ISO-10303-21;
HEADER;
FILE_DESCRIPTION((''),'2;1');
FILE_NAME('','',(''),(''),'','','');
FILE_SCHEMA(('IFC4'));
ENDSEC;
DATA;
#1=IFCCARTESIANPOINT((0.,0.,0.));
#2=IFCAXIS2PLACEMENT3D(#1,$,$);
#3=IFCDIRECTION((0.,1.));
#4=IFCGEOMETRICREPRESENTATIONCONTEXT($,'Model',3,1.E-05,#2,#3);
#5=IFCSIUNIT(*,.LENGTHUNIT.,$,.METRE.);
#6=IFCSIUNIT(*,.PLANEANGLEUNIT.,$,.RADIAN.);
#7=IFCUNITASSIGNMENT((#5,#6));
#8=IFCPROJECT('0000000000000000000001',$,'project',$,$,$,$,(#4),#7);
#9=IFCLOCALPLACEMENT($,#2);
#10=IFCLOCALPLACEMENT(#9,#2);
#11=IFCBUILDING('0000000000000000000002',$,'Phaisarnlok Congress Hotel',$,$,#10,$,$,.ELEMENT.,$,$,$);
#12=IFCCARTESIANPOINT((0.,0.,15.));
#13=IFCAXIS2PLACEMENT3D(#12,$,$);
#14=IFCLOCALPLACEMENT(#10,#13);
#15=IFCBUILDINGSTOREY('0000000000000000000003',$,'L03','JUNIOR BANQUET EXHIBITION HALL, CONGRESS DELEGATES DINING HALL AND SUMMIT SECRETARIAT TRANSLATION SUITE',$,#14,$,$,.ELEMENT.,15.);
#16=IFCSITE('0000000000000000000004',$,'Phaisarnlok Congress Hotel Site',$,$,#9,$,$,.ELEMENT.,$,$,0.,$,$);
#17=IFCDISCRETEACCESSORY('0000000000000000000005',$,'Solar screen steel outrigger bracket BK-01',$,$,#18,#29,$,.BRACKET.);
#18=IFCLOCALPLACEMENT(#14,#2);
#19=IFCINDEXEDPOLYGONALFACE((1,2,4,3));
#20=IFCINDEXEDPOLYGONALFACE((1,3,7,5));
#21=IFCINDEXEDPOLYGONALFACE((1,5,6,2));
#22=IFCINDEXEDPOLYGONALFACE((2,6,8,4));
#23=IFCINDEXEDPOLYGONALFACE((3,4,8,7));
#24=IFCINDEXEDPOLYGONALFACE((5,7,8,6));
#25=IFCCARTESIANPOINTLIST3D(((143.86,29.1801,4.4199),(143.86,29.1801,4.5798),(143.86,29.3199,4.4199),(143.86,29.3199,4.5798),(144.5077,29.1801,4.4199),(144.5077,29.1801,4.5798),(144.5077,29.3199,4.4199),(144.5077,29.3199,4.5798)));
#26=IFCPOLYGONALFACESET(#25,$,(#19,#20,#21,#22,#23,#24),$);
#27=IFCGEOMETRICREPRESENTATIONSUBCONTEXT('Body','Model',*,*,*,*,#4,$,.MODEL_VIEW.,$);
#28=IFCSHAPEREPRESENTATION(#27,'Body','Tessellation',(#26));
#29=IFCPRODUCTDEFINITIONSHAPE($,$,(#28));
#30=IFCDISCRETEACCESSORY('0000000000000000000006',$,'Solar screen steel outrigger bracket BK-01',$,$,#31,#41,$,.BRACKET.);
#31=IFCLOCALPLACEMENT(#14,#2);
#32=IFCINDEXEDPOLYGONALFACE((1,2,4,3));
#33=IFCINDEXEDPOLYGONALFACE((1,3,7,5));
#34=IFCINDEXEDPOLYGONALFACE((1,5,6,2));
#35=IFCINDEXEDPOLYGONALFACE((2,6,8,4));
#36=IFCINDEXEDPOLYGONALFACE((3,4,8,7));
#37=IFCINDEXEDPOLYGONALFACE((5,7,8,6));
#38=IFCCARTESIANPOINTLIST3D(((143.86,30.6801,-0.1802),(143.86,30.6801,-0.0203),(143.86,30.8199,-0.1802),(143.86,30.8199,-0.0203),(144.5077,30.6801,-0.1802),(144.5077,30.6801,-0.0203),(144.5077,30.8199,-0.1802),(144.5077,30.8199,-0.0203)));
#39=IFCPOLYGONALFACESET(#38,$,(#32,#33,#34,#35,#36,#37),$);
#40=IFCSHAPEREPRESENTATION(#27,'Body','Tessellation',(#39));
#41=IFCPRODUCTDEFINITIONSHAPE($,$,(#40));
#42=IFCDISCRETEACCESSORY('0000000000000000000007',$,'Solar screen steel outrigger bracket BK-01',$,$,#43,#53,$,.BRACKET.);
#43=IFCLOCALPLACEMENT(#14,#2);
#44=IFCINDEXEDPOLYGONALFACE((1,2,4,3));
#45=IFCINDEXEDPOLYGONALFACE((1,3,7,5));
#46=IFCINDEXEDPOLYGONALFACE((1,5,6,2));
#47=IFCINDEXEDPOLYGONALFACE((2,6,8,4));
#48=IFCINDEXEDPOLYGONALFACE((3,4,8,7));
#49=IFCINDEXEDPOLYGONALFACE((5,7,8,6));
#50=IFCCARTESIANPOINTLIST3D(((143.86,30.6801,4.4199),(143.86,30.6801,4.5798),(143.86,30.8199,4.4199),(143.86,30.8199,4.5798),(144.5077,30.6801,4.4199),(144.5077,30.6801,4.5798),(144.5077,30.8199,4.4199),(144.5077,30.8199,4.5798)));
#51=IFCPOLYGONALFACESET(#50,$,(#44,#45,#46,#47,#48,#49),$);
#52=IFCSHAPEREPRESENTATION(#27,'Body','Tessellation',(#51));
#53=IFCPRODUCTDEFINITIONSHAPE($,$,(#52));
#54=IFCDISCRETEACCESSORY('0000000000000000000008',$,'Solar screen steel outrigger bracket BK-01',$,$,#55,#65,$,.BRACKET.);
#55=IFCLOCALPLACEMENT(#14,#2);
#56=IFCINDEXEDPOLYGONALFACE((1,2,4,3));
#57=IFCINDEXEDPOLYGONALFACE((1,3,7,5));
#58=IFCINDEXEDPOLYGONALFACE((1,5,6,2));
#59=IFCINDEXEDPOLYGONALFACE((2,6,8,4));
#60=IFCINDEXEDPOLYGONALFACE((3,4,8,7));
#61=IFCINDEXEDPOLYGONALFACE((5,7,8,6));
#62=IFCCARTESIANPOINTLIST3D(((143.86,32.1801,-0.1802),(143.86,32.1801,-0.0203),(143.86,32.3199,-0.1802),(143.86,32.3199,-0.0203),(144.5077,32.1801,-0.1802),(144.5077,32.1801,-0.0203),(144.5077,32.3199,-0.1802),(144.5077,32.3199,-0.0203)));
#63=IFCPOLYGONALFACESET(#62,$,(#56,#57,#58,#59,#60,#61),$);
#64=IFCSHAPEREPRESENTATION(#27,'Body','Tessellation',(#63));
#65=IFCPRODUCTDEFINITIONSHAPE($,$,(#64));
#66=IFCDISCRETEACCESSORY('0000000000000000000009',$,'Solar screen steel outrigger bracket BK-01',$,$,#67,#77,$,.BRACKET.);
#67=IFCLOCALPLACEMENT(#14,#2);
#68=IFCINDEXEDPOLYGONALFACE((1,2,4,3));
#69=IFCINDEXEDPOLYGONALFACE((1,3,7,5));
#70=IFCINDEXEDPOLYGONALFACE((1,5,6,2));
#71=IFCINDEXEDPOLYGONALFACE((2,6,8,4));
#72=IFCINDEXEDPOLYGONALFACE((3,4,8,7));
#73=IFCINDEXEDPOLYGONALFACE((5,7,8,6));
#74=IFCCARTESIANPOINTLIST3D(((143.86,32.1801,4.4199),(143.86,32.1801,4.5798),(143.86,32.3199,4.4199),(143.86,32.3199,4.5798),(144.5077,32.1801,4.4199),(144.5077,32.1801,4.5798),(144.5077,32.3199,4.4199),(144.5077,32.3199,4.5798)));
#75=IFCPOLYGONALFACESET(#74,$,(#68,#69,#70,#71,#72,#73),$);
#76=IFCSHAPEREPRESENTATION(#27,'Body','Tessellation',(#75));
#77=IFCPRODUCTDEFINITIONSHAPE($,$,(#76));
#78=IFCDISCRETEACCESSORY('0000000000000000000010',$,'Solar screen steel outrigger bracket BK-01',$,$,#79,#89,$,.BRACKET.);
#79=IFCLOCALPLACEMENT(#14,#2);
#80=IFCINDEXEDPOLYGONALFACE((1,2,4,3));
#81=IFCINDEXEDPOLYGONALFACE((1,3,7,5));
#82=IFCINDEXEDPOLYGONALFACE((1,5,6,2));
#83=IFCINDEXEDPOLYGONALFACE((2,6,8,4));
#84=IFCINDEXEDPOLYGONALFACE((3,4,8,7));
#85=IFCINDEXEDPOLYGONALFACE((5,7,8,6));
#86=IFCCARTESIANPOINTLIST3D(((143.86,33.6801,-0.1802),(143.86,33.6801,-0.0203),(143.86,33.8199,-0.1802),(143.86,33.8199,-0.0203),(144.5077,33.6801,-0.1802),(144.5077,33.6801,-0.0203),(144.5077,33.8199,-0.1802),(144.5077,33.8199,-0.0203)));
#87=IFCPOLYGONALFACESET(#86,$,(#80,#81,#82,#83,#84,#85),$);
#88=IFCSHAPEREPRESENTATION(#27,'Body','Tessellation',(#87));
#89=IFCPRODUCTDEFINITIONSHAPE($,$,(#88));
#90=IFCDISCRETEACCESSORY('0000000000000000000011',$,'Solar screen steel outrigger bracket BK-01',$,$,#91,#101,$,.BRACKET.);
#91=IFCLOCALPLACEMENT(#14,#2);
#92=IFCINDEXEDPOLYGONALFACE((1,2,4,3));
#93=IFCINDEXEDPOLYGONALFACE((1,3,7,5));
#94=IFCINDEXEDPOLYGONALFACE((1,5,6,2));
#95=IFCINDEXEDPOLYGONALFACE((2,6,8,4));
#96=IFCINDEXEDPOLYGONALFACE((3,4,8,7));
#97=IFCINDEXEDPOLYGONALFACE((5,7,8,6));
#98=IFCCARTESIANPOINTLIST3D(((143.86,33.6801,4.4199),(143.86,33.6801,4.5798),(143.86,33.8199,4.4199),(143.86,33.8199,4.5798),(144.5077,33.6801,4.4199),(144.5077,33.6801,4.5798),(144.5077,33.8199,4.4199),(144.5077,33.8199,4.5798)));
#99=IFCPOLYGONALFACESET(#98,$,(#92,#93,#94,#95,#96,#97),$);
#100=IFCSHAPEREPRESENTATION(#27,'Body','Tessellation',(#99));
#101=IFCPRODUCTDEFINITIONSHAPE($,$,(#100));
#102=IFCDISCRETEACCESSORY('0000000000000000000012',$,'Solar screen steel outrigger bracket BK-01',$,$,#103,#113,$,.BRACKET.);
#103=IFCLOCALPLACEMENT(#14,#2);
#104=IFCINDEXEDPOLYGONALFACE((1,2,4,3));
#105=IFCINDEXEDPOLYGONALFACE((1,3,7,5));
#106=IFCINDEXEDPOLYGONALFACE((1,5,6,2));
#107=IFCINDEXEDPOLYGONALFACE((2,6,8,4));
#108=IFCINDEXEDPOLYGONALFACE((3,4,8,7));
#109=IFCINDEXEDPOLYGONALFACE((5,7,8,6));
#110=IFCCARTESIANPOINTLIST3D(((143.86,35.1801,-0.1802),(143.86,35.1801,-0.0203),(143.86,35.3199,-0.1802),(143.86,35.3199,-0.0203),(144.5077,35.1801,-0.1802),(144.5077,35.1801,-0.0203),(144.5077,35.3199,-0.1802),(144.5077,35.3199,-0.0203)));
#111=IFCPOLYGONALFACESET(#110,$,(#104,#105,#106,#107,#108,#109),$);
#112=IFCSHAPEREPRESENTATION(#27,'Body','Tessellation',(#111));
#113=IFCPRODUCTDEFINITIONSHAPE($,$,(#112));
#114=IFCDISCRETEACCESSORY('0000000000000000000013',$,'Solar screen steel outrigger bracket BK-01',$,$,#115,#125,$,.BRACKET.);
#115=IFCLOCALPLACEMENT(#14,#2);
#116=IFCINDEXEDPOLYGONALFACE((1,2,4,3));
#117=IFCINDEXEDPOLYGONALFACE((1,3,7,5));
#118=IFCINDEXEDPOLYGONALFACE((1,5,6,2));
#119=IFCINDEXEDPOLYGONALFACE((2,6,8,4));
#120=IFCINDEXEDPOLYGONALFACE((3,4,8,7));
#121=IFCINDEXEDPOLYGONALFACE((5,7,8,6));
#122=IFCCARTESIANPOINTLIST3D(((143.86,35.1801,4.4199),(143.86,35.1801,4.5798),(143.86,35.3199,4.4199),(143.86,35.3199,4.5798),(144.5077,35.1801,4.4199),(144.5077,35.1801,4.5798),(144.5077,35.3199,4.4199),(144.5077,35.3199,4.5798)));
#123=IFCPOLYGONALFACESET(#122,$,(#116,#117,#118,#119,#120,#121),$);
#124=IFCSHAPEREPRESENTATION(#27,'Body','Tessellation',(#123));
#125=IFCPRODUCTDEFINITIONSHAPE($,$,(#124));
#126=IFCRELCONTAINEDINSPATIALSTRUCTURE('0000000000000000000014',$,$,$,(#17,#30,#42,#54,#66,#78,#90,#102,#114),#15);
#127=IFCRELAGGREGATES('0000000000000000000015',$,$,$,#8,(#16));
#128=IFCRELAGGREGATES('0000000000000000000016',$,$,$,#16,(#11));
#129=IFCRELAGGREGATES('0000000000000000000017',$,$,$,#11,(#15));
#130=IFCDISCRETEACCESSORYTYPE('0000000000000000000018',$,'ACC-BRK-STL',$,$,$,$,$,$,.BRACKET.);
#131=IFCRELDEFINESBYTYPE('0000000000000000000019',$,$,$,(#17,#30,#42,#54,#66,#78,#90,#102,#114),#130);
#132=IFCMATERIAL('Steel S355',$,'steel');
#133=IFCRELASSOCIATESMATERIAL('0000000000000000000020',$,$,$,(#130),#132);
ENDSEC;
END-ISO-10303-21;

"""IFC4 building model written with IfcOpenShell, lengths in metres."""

from ifc_helpers import new_model, si_unit, direction, frame, origin, origin_2d, place, context, subcontext, project, spatial, rectangle, extrude, material, type_object, element, save


model = new_model("IFC4")

# Units and contexts
model_context = context("Model", 3, precision=1e-05, world=origin(), true_north=direction((0.0, 1.0)))
body_context = subcontext(model_context, "Body", "Model", "MODEL_VIEW")
ifc_project = project(units=[si_unit("LENGTHUNIT", "METRE"), si_unit("PLANEANGLEUNIT", "RADIAN")], contexts=[model_context])

# Site, building, storey
site_placement = place(None, origin())
site = spatial("IfcSite", under=ifc_project, at=site_placement, Name="Phaisarnlok Congress Hotel Site", CompositionType="ELEMENT", RefElevation=0.0)
building_placement = place(site_placement, origin())
building = spatial("IfcBuilding", under=site, at=building_placement, Name="Phaisarnlok Congress Hotel", CompositionType="ELEMENT")
storey_placement = place(building_placement, frame((0.0, 0.0, 15.0)))
storey = spatial("IfcBuildingStorey", under=building, at=storey_placement, Name="L03", Description="JUNIOR BANQUET EXHIBITION HALL, CONGRESS DELEGATES DINING HALL AND SUMMIT SECRETARIAT TRANSLATION SUITE", CompositionType="ELEMENT", Elevation=15.0)

# Discrete accessories
ifc_material_1 = material(Name="Steel S355", Category="steel")
discrete_accessory_type = type_object("IfcDiscreteAccessoryType", Name="ACC-BRK-STL", PredefinedType="BRACKET", material=ifc_material_1)
for number, where, z_axis, x_axis, name in (
    (1, (144.1838, 29.25, 4.4199), (0.0, 0.0, 1.0), (1.0, 0.0, 0.0), "Solar screen steel outrigger bracket BK-01"),
    (2, (144.1838, 30.75, -0.1802), (0.0, 0.0, 1.0), (1.0, 0.0, 0.0), "Solar screen steel outrigger bracket BK-01"),
    (3, (144.1838, 30.75, 4.4199), (0.0, 0.0, 1.0), (1.0, 0.0, 0.0), "Solar screen steel outrigger bracket BK-01"),
    (4, (144.1838, 32.25, -0.1802), (0.0, 0.0, 1.0), (1.0, 0.0, 0.0), "Solar screen steel outrigger bracket BK-01"),
    (5, (144.1838, 32.25, 4.4199), (0.0, 0.0, 1.0), (1.0, 0.0, 0.0), "Solar screen steel outrigger bracket BK-01"),
    (6, (144.1838, 33.75, -0.1802), (0.0, 0.0, 1.0), (1.0, 0.0, 0.0), "Solar screen steel outrigger bracket BK-01"),
    (7, (144.1838, 33.75, 4.4199), (0.0, 0.0, 1.0), (1.0, 0.0, 0.0), "Solar screen steel outrigger bracket BK-01"),
    (8, (144.1838, 35.25, -0.1802), (0.0, 0.0, 1.0), (1.0, 0.0, 0.0), "Solar screen steel outrigger bracket BK-01"),
    (9, (144.1838, 35.25, 4.4199), (0.0, 0.0, 1.0), (1.0, 0.0, 0.0), "Solar screen steel outrigger bracket BK-01"),
):
    element("IfcDiscreteAccessory", number, at=place(storey_placement, frame(where, z_axis=z_axis, x_axis=x_axis)), inside=storey, type_object=discrete_accessory_type, Name=name, PredefinedType="BRACKET", context=body_context, shape_type="SweptSolid", body=[
        extrude(rectangle(XDim=0.6477, YDim=0.1399, at=origin_2d()), origin(), (0.0, 0.0, 1.0), 0.1599),
    ])

save(model, "model.ifc")
